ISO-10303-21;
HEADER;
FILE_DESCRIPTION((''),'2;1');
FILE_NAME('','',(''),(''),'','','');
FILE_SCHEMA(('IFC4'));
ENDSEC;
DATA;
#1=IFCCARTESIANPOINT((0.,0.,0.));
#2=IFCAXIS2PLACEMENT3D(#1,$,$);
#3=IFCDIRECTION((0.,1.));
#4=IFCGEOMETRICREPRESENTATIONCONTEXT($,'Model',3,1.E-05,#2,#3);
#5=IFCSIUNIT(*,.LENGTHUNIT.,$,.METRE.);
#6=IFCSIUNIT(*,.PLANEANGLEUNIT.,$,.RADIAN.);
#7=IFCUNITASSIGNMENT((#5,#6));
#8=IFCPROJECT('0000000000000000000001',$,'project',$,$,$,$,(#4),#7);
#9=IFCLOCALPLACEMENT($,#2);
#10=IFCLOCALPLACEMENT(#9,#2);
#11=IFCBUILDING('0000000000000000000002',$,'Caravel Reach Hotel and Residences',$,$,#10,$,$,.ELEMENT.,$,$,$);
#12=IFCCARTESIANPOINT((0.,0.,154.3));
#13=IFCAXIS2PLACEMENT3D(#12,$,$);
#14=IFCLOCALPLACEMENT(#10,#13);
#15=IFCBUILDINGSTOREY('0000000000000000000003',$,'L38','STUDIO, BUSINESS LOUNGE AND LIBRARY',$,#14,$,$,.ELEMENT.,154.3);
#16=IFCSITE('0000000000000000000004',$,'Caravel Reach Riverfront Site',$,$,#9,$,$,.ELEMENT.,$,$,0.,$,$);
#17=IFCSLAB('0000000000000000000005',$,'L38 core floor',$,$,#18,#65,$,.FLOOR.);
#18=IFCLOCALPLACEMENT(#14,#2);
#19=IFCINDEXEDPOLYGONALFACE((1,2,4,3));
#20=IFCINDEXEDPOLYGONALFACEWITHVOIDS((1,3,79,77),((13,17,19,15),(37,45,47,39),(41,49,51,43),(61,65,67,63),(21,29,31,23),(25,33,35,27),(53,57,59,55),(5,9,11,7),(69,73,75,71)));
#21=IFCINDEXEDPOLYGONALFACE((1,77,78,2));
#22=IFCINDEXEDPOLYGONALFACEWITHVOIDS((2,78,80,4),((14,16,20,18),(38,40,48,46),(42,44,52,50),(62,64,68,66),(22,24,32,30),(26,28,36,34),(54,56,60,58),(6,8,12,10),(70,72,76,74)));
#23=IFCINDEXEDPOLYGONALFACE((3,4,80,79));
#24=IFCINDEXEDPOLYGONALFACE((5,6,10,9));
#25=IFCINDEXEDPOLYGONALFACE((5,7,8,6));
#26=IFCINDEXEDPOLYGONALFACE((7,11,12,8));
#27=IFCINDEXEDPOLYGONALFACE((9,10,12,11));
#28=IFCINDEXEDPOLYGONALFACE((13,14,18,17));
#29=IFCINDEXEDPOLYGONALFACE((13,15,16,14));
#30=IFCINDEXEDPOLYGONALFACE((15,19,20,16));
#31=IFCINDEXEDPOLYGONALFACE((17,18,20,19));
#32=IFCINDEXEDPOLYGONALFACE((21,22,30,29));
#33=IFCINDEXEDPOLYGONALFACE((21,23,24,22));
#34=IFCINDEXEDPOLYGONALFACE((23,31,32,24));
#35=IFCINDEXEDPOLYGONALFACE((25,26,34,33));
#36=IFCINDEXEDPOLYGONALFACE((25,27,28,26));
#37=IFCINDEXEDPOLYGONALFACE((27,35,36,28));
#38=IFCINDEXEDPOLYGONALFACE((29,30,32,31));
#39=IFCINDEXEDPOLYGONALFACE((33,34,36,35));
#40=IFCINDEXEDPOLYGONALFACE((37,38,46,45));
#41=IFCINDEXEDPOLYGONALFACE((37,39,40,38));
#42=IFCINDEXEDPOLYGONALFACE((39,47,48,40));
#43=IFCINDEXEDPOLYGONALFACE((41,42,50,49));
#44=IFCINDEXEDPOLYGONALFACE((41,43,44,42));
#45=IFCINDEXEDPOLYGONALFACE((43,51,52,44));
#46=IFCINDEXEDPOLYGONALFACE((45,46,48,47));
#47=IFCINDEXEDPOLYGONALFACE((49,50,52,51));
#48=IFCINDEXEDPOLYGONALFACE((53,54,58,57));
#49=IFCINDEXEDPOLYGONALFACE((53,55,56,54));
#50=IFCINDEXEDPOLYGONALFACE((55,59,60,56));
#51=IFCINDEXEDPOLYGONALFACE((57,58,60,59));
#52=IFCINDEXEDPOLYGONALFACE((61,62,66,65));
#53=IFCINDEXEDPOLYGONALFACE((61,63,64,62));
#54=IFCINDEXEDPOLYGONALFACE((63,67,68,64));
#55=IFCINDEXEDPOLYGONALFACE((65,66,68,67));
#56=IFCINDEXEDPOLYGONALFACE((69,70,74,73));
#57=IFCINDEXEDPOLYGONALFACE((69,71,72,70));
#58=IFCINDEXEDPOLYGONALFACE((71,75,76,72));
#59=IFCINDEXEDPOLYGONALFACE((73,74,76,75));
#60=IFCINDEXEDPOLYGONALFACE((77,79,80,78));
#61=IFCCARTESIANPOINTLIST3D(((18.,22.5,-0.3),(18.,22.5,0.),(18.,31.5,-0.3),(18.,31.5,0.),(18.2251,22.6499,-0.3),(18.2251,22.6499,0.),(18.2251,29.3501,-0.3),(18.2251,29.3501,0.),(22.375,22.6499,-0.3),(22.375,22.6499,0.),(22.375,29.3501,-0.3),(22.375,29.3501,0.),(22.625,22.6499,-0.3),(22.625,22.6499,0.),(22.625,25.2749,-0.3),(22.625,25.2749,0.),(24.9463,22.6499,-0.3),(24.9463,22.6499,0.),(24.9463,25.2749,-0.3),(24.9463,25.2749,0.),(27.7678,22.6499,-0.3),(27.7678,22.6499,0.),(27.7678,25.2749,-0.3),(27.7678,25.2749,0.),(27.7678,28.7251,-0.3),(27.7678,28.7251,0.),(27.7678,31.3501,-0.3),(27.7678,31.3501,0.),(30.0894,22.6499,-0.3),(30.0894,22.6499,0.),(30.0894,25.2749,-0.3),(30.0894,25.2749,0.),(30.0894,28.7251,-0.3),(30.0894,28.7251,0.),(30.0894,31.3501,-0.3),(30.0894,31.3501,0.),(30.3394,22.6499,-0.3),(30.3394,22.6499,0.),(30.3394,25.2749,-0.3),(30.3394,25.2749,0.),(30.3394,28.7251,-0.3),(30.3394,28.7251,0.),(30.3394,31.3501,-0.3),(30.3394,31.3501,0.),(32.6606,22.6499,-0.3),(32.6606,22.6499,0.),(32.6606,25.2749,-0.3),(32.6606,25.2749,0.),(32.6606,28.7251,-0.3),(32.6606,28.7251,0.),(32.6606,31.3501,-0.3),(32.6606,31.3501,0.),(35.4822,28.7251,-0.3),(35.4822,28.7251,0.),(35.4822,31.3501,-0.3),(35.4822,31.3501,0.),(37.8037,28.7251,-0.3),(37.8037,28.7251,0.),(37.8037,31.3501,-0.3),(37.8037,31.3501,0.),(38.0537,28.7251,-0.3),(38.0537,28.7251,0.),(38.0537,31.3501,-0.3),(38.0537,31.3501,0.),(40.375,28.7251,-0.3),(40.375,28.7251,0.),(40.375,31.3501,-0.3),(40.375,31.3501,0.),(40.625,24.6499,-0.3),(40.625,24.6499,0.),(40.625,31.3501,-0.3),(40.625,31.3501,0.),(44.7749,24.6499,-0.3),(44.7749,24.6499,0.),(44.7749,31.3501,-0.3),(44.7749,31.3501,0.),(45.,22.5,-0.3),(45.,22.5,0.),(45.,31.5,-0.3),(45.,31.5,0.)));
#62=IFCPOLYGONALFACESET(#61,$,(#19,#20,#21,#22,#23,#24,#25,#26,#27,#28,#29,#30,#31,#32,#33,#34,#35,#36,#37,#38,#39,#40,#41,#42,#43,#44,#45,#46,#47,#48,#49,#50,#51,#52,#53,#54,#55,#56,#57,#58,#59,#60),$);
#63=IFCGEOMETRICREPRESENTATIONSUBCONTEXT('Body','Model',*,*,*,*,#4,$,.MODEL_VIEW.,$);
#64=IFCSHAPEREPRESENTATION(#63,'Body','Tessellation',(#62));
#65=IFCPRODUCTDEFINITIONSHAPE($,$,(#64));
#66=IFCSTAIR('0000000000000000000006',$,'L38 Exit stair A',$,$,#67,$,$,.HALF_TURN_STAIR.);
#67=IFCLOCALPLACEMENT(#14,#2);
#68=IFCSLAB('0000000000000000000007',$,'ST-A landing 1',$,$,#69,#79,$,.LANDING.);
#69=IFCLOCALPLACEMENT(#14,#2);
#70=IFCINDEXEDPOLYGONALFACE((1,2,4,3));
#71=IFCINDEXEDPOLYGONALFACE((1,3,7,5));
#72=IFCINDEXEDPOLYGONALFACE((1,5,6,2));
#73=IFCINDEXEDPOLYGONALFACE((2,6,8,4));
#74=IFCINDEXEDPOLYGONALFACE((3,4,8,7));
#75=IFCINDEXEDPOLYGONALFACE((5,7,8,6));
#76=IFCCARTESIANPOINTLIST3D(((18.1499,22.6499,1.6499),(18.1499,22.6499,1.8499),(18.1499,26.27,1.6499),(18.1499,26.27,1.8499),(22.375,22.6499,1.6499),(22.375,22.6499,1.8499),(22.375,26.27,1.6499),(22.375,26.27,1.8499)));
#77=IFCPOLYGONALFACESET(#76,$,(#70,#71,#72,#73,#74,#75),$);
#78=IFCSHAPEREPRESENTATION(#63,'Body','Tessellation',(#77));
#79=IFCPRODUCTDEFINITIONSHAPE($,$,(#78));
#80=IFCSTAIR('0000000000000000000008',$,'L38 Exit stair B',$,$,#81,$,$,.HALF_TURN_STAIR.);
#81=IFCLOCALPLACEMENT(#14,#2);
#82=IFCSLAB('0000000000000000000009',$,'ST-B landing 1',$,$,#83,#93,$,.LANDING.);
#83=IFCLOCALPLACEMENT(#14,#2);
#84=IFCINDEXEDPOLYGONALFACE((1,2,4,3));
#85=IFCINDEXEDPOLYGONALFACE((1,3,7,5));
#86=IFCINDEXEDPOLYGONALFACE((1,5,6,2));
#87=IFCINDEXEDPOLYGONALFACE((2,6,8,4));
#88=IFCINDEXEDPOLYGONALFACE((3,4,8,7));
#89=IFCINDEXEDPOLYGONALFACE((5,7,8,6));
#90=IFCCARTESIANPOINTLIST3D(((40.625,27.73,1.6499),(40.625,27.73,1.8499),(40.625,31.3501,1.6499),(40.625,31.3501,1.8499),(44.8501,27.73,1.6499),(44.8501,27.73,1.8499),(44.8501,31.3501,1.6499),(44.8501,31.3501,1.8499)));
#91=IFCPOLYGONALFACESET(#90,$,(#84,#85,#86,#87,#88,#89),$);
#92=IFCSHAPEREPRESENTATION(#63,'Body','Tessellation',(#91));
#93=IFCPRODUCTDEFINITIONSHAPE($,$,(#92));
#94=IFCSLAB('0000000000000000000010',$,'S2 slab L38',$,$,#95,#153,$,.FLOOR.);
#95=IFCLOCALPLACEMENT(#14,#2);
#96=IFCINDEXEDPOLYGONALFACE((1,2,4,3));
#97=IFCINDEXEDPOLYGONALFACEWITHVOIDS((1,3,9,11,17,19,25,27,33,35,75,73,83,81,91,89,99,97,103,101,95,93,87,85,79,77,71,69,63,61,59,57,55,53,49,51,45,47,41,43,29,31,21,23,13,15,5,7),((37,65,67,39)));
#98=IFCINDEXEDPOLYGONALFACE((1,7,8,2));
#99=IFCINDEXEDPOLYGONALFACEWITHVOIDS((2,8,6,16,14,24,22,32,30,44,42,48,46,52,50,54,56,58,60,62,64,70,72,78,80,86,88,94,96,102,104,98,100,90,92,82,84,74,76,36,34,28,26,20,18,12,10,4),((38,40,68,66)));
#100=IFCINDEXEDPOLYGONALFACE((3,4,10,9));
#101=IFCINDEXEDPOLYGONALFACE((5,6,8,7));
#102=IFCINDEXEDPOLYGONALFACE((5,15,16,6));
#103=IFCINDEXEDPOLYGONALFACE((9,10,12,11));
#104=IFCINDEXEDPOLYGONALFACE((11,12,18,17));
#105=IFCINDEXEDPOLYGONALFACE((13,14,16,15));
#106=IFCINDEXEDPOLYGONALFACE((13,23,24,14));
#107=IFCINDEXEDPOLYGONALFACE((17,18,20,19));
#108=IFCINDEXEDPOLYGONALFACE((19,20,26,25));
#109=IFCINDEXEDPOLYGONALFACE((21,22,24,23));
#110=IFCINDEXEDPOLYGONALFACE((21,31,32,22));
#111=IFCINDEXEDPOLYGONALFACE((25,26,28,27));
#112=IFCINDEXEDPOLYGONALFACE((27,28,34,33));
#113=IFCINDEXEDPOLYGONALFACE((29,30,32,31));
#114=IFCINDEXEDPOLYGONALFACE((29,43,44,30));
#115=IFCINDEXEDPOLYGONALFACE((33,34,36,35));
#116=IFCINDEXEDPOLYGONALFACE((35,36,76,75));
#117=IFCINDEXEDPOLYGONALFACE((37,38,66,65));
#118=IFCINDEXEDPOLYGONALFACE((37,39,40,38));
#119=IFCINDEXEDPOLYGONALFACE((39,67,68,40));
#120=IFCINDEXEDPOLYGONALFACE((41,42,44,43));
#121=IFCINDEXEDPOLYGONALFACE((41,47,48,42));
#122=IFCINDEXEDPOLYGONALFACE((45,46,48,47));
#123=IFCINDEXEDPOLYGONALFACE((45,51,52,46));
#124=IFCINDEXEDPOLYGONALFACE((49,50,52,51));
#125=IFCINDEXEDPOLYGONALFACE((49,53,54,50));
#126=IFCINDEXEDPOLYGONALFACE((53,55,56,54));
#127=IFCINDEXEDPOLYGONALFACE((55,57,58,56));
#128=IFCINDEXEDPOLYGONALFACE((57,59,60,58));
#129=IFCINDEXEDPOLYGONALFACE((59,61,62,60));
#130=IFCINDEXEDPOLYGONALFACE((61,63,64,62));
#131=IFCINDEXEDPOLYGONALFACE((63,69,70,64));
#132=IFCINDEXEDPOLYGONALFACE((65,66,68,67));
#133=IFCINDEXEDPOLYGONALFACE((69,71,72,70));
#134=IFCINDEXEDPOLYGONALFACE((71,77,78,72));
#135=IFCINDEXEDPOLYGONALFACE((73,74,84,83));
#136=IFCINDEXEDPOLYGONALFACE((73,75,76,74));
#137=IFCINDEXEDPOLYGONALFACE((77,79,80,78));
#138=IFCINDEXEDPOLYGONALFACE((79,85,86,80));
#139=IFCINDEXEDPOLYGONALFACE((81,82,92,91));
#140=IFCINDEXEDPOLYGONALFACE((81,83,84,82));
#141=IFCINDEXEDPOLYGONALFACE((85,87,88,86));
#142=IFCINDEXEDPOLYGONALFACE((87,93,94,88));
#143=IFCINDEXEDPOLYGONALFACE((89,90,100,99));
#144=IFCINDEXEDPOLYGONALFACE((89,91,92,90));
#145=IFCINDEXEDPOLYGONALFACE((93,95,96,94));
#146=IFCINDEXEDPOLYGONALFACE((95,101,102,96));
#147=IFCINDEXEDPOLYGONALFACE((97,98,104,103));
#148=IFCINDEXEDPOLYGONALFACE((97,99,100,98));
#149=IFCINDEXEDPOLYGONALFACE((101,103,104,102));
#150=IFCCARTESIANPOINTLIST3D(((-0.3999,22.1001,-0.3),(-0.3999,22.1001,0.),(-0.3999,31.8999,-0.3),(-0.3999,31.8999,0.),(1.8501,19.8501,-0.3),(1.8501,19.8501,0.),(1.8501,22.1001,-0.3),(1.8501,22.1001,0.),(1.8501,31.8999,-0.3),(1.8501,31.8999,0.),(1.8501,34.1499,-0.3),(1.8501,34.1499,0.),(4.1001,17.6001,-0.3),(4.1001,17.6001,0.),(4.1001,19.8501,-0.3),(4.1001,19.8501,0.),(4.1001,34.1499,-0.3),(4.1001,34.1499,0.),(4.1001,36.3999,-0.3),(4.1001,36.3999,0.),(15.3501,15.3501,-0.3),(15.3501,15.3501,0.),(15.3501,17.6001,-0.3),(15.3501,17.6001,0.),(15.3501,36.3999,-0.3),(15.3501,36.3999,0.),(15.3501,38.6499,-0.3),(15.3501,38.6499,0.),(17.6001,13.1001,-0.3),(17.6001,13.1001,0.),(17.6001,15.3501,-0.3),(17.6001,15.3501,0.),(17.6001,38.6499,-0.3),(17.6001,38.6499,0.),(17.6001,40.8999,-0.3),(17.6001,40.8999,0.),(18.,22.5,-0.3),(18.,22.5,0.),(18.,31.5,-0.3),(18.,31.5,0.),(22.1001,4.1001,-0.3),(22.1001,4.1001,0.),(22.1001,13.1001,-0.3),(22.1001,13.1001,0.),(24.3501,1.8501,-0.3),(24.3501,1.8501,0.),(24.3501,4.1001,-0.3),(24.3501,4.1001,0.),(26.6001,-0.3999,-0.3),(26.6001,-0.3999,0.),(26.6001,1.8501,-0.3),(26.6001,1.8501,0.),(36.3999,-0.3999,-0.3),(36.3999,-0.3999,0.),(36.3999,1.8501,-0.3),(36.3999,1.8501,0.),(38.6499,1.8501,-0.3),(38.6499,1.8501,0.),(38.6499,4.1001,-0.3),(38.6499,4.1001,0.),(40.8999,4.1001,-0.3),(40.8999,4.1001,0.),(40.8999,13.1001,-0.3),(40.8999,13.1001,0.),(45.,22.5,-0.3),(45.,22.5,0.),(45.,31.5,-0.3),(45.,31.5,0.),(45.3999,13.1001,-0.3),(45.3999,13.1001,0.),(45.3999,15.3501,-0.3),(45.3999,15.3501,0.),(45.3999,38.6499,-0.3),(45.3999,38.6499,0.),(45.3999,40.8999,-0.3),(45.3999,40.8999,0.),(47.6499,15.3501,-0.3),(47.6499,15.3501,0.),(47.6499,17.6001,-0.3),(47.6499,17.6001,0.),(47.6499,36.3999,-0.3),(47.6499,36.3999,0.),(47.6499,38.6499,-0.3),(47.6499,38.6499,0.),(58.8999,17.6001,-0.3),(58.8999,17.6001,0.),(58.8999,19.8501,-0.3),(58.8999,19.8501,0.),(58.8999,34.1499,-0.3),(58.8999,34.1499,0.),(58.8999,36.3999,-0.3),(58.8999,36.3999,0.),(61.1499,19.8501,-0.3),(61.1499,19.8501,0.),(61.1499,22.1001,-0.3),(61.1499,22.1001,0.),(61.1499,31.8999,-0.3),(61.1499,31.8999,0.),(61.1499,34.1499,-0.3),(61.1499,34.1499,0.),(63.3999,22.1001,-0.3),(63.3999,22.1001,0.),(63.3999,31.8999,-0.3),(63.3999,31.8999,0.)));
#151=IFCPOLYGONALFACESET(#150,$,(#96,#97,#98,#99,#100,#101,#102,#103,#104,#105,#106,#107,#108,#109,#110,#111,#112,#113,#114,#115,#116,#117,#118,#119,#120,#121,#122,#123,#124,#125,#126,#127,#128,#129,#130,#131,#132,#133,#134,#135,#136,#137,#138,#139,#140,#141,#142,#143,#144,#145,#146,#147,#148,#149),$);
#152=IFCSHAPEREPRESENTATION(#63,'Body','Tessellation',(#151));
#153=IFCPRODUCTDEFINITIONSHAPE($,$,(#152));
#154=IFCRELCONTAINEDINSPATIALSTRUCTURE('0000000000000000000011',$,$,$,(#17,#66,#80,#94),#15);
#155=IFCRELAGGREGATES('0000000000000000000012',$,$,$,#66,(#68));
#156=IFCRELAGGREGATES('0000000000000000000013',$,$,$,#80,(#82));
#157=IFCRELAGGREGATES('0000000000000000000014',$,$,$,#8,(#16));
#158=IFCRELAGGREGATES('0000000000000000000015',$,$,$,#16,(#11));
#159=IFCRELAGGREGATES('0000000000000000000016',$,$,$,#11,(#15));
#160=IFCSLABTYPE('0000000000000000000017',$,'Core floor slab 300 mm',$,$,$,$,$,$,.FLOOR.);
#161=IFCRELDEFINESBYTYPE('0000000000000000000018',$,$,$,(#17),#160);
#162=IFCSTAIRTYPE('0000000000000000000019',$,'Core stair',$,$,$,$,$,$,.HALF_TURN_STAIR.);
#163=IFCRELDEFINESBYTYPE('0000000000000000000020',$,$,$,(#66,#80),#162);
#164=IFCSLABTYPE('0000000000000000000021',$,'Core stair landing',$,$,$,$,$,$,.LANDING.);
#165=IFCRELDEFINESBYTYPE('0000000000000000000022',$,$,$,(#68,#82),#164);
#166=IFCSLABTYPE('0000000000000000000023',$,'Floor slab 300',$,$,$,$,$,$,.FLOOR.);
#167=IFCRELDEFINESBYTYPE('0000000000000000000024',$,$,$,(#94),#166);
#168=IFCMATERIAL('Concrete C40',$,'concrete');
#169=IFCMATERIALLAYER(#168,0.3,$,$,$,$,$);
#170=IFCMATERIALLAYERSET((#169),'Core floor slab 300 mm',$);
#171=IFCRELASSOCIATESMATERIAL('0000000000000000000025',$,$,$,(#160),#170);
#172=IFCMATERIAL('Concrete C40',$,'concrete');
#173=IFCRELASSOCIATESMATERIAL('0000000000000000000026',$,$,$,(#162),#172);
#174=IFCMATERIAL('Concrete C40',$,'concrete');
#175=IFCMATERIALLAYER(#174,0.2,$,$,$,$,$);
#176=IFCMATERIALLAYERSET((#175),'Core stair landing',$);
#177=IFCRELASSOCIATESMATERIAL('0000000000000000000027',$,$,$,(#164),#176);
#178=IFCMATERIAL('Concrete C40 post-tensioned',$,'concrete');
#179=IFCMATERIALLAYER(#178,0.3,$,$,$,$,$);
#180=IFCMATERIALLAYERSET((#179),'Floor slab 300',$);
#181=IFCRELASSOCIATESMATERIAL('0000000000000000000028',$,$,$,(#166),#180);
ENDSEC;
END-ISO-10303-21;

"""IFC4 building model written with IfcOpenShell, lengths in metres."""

from ifc_helpers import new_model, si_unit, direction, frame, origin, place, context, subcontext, project, spatial, polyline, outline, extrude, material, layer, layer_set, type_object, element, aggregate, save


model = new_model("IFC4")

# Units and contexts
model_context = context("Model", 3, precision=1e-05, world=origin(), true_north=direction((0.0, 1.0)))
body_context = subcontext(model_context, "Body", "Model", "MODEL_VIEW")
ifc_project = project(units=[si_unit("LENGTHUNIT", "METRE"), si_unit("PLANEANGLEUNIT", "RADIAN")], contexts=[model_context])

# Site, building, storey
site_placement = place(None, origin())
site = spatial("IfcSite", under=ifc_project, at=site_placement, Name="Caravel Reach Riverfront Site", CompositionType="ELEMENT", RefElevation=0.0)
building_placement = place(site_placement, origin())
building = spatial("IfcBuilding", under=site, at=building_placement, Name="Caravel Reach Hotel and Residences", CompositionType="ELEMENT")
storey_placement = place(building_placement, frame((0.0, 0.0, 154.3)))
storey = spatial("IfcBuildingStorey", under=building, at=storey_placement, Name="L38", Description="STUDIO, BUSINESS LOUNGE AND LIBRARY", CompositionType="ELEMENT", Elevation=154.3)

# Slab
ifc_material_1 = material(Name="Concrete C40", Category="concrete")
ifc_layer_1 = layer(ifc_material_1, 0.3)
ifc_layer_set_1 = layer_set([ifc_layer_1], Name="Core floor slab 300 mm")
slab_type_1 = type_object("IfcSlabType", Name="Core floor slab 300 mm", PredefinedType="FLOOR", material=ifc_layer_set_1)
slab_1_placement = place(storey_placement, frame((0.0, 0.0, -0.3)))
element("IfcSlab", 1, at=slab_1_placement, inside=storey, type_object=slab_type_1, Name="L38 core floor", PredefinedType="FLOOR", context=body_context, shape_type="SweptSolid", body=[
    extrude(outline(polyline([(18.0, 31.5), (45.0, 31.5), (45.0, 22.5), (18.0, 22.5), (18.0, 31.5)]), holes=[polyline([(22.625, 25.2749), (22.625, 22.6499), (24.9463, 22.6499), (24.9463, 25.2749), (22.625, 25.2749)]), polyline([(27.7678, 25.2749), (27.7678, 22.6499), (30.0894, 22.6499), (30.0894, 25.2749), (27.7678, 25.2749)]), polyline([(30.3394, 25.2749), (30.3394, 22.6499), (32.6606, 22.6499), (32.6606, 25.2749), (30.3394, 25.2749)]), polyline([(22.375, 22.6499), (22.375, 29.3501), (18.2251, 29.3501), (18.2251, 22.6499), (22.375, 22.6499)]), polyline([(40.625, 31.3501), (40.625, 24.6499), (44.7749, 24.6499), (44.7749, 31.3501), (40.625, 31.3501)]), polyline([(27.7678, 31.3501), (27.7678, 28.7251), (30.0894, 28.7251), (30.0894, 31.3501), (27.7678, 31.3501)]), polyline([(30.3394, 31.3501), (30.3394, 28.7251), (32.6606, 28.7251), (32.6606, 31.3501), (30.3394, 31.3501)]), polyline([(37.8037, 31.3501), (35.4822, 31.3501), (35.4822, 28.7251), (37.8037, 28.7251), (37.8037, 31.3501)]), polyline([(40.375, 31.3501), (38.0537, 31.3501), (38.0537, 28.7251), (40.375, 28.7251), (40.375, 31.3501)])]), origin(), (0.0, 0.0, 1.0), 0.3),
])

# Stairs, slabs
ifc_material_2 = material(Name="Concrete C40", Category="concrete")
stair_type = type_object("IfcStairType", Name="Core stair", PredefinedType="HALF_TURN_STAIR", material=ifc_material_2)
stair_1_placement = place(storey_placement, origin())
stair_1 = element("IfcStair", 2, at=stair_1_placement, inside=storey, type_object=stair_type, Name="L38 Exit stair A", PredefinedType="HALF_TURN_STAIR")
ifc_material_3 = material(Name="Concrete C40", Category="concrete")
ifc_layer_2 = layer(ifc_material_3, 0.2)
ifc_layer_set_2 = layer_set([ifc_layer_2], Name="Core stair landing")
slab_type_2 = type_object("IfcSlabType", Name="Core stair landing", PredefinedType="LANDING", material=ifc_layer_set_2)
slab_2_placement = place(storey_placement, frame((0.0, 0.0, 1.6499)))
slab_2 = element("IfcSlab", 3, at=slab_2_placement, type_object=slab_type_2, Name="ST-A landing 1", PredefinedType="LANDING", context=body_context, shape_type="SweptSolid", body=[
    extrude(outline(polyline([(18.1499, 26.27), (18.1499, 22.6499), (22.375, 22.6499), (22.375, 26.27), (18.1499, 26.27)])), origin(), (0.0, 0.0, 1.0), 0.2),
])
aggregate(stair_1, [slab_2])
stair_2_placement = place(storey_placement, origin())
stair_2 = element("IfcStair", 4, at=stair_2_placement, inside=storey, type_object=stair_type, Name="L38 Exit stair B", PredefinedType="HALF_TURN_STAIR")
slab_3_placement = place(storey_placement, frame((0.0, 0.0, 1.6499)))
slab_3 = element("IfcSlab", 5, at=slab_3_placement, type_object=slab_type_2, Name="ST-B landing 1", PredefinedType="LANDING", context=body_context, shape_type="SweptSolid", body=[
    extrude(outline(polyline([(44.8501, 27.73), (44.8501, 31.3501), (40.625, 31.3501), (40.625, 27.73), (44.8501, 27.73)])), origin(), (0.0, 0.0, 1.0), 0.2),
])
aggregate(stair_2, [slab_3])

# Slab
ifc_material_4 = material(Name="Concrete C40 post-tensioned", Category="concrete")
ifc_layer_3 = layer(ifc_material_4, 0.3)
ifc_layer_set_3 = layer_set([ifc_layer_3], Name="Floor slab 300")
slab_type_3 = type_object("IfcSlabType", Name="Floor slab 300", PredefinedType="FLOOR", material=ifc_layer_set_3)
slab_4_placement = place(storey_placement, frame((0.0, 0.0, -0.3)))
element("IfcSlab", 6, at=slab_4_placement, inside=storey, type_object=slab_type_3, Name="S2 slab L38", PredefinedType="FLOOR", context=body_context, shape_type="SweptSolid", body=[
    extrude(outline(polyline([(17.6001, 13.1001), (17.6001, 15.3501), (15.3501, 15.3501), (15.3501, 17.6001), (4.1001, 17.6001), (4.1001, 19.8501), (1.8501, 19.8501), (1.8501, 22.1001), (-0.3999, 22.1001), (-0.3999, 31.8999), (1.8501, 31.8999), (1.8501, 34.1499), (4.1001, 34.1499), (4.1001, 36.3999), (15.3501, 36.3999), (15.3501, 38.6499), (17.6001, 38.6499), (17.6001, 40.8999), (45.3999, 40.8999), (45.3999, 38.6499), (47.6499, 38.6499), (47.6499, 36.3999), (58.8999, 36.3999), (58.8999, 34.1499), (61.1499, 34.1499), (61.1499, 31.8999), (63.3999, 31.8999), (63.3999, 22.1001), (61.1499, 22.1001), (61.1499, 19.8501), (58.8999, 19.8501), (58.8999, 17.6001), (47.6499, 17.6001), (47.6499, 15.3501), (45.3999, 15.3501), (45.3999, 13.1001), (40.8999, 13.1001), (40.8999, 4.1001), (38.6499, 4.1001), (38.6499, 1.8501), (36.3999, 1.8501), (36.3999, -0.3999), (26.6001, -0.3999), (26.6001, 1.8501), (24.3501, 1.8501), (24.3501, 4.1001), (22.1001, 4.1001), (22.1001, 13.1001), (17.6001, 13.1001)]), holes=[polyline([(45.0, 31.5), (18.0, 31.5), (18.0, 22.5), (45.0, 22.5), (45.0, 31.5)])]), origin(), (0.0, 0.0, 1.0), 0.3),
])

save(model, "model.ifc")
